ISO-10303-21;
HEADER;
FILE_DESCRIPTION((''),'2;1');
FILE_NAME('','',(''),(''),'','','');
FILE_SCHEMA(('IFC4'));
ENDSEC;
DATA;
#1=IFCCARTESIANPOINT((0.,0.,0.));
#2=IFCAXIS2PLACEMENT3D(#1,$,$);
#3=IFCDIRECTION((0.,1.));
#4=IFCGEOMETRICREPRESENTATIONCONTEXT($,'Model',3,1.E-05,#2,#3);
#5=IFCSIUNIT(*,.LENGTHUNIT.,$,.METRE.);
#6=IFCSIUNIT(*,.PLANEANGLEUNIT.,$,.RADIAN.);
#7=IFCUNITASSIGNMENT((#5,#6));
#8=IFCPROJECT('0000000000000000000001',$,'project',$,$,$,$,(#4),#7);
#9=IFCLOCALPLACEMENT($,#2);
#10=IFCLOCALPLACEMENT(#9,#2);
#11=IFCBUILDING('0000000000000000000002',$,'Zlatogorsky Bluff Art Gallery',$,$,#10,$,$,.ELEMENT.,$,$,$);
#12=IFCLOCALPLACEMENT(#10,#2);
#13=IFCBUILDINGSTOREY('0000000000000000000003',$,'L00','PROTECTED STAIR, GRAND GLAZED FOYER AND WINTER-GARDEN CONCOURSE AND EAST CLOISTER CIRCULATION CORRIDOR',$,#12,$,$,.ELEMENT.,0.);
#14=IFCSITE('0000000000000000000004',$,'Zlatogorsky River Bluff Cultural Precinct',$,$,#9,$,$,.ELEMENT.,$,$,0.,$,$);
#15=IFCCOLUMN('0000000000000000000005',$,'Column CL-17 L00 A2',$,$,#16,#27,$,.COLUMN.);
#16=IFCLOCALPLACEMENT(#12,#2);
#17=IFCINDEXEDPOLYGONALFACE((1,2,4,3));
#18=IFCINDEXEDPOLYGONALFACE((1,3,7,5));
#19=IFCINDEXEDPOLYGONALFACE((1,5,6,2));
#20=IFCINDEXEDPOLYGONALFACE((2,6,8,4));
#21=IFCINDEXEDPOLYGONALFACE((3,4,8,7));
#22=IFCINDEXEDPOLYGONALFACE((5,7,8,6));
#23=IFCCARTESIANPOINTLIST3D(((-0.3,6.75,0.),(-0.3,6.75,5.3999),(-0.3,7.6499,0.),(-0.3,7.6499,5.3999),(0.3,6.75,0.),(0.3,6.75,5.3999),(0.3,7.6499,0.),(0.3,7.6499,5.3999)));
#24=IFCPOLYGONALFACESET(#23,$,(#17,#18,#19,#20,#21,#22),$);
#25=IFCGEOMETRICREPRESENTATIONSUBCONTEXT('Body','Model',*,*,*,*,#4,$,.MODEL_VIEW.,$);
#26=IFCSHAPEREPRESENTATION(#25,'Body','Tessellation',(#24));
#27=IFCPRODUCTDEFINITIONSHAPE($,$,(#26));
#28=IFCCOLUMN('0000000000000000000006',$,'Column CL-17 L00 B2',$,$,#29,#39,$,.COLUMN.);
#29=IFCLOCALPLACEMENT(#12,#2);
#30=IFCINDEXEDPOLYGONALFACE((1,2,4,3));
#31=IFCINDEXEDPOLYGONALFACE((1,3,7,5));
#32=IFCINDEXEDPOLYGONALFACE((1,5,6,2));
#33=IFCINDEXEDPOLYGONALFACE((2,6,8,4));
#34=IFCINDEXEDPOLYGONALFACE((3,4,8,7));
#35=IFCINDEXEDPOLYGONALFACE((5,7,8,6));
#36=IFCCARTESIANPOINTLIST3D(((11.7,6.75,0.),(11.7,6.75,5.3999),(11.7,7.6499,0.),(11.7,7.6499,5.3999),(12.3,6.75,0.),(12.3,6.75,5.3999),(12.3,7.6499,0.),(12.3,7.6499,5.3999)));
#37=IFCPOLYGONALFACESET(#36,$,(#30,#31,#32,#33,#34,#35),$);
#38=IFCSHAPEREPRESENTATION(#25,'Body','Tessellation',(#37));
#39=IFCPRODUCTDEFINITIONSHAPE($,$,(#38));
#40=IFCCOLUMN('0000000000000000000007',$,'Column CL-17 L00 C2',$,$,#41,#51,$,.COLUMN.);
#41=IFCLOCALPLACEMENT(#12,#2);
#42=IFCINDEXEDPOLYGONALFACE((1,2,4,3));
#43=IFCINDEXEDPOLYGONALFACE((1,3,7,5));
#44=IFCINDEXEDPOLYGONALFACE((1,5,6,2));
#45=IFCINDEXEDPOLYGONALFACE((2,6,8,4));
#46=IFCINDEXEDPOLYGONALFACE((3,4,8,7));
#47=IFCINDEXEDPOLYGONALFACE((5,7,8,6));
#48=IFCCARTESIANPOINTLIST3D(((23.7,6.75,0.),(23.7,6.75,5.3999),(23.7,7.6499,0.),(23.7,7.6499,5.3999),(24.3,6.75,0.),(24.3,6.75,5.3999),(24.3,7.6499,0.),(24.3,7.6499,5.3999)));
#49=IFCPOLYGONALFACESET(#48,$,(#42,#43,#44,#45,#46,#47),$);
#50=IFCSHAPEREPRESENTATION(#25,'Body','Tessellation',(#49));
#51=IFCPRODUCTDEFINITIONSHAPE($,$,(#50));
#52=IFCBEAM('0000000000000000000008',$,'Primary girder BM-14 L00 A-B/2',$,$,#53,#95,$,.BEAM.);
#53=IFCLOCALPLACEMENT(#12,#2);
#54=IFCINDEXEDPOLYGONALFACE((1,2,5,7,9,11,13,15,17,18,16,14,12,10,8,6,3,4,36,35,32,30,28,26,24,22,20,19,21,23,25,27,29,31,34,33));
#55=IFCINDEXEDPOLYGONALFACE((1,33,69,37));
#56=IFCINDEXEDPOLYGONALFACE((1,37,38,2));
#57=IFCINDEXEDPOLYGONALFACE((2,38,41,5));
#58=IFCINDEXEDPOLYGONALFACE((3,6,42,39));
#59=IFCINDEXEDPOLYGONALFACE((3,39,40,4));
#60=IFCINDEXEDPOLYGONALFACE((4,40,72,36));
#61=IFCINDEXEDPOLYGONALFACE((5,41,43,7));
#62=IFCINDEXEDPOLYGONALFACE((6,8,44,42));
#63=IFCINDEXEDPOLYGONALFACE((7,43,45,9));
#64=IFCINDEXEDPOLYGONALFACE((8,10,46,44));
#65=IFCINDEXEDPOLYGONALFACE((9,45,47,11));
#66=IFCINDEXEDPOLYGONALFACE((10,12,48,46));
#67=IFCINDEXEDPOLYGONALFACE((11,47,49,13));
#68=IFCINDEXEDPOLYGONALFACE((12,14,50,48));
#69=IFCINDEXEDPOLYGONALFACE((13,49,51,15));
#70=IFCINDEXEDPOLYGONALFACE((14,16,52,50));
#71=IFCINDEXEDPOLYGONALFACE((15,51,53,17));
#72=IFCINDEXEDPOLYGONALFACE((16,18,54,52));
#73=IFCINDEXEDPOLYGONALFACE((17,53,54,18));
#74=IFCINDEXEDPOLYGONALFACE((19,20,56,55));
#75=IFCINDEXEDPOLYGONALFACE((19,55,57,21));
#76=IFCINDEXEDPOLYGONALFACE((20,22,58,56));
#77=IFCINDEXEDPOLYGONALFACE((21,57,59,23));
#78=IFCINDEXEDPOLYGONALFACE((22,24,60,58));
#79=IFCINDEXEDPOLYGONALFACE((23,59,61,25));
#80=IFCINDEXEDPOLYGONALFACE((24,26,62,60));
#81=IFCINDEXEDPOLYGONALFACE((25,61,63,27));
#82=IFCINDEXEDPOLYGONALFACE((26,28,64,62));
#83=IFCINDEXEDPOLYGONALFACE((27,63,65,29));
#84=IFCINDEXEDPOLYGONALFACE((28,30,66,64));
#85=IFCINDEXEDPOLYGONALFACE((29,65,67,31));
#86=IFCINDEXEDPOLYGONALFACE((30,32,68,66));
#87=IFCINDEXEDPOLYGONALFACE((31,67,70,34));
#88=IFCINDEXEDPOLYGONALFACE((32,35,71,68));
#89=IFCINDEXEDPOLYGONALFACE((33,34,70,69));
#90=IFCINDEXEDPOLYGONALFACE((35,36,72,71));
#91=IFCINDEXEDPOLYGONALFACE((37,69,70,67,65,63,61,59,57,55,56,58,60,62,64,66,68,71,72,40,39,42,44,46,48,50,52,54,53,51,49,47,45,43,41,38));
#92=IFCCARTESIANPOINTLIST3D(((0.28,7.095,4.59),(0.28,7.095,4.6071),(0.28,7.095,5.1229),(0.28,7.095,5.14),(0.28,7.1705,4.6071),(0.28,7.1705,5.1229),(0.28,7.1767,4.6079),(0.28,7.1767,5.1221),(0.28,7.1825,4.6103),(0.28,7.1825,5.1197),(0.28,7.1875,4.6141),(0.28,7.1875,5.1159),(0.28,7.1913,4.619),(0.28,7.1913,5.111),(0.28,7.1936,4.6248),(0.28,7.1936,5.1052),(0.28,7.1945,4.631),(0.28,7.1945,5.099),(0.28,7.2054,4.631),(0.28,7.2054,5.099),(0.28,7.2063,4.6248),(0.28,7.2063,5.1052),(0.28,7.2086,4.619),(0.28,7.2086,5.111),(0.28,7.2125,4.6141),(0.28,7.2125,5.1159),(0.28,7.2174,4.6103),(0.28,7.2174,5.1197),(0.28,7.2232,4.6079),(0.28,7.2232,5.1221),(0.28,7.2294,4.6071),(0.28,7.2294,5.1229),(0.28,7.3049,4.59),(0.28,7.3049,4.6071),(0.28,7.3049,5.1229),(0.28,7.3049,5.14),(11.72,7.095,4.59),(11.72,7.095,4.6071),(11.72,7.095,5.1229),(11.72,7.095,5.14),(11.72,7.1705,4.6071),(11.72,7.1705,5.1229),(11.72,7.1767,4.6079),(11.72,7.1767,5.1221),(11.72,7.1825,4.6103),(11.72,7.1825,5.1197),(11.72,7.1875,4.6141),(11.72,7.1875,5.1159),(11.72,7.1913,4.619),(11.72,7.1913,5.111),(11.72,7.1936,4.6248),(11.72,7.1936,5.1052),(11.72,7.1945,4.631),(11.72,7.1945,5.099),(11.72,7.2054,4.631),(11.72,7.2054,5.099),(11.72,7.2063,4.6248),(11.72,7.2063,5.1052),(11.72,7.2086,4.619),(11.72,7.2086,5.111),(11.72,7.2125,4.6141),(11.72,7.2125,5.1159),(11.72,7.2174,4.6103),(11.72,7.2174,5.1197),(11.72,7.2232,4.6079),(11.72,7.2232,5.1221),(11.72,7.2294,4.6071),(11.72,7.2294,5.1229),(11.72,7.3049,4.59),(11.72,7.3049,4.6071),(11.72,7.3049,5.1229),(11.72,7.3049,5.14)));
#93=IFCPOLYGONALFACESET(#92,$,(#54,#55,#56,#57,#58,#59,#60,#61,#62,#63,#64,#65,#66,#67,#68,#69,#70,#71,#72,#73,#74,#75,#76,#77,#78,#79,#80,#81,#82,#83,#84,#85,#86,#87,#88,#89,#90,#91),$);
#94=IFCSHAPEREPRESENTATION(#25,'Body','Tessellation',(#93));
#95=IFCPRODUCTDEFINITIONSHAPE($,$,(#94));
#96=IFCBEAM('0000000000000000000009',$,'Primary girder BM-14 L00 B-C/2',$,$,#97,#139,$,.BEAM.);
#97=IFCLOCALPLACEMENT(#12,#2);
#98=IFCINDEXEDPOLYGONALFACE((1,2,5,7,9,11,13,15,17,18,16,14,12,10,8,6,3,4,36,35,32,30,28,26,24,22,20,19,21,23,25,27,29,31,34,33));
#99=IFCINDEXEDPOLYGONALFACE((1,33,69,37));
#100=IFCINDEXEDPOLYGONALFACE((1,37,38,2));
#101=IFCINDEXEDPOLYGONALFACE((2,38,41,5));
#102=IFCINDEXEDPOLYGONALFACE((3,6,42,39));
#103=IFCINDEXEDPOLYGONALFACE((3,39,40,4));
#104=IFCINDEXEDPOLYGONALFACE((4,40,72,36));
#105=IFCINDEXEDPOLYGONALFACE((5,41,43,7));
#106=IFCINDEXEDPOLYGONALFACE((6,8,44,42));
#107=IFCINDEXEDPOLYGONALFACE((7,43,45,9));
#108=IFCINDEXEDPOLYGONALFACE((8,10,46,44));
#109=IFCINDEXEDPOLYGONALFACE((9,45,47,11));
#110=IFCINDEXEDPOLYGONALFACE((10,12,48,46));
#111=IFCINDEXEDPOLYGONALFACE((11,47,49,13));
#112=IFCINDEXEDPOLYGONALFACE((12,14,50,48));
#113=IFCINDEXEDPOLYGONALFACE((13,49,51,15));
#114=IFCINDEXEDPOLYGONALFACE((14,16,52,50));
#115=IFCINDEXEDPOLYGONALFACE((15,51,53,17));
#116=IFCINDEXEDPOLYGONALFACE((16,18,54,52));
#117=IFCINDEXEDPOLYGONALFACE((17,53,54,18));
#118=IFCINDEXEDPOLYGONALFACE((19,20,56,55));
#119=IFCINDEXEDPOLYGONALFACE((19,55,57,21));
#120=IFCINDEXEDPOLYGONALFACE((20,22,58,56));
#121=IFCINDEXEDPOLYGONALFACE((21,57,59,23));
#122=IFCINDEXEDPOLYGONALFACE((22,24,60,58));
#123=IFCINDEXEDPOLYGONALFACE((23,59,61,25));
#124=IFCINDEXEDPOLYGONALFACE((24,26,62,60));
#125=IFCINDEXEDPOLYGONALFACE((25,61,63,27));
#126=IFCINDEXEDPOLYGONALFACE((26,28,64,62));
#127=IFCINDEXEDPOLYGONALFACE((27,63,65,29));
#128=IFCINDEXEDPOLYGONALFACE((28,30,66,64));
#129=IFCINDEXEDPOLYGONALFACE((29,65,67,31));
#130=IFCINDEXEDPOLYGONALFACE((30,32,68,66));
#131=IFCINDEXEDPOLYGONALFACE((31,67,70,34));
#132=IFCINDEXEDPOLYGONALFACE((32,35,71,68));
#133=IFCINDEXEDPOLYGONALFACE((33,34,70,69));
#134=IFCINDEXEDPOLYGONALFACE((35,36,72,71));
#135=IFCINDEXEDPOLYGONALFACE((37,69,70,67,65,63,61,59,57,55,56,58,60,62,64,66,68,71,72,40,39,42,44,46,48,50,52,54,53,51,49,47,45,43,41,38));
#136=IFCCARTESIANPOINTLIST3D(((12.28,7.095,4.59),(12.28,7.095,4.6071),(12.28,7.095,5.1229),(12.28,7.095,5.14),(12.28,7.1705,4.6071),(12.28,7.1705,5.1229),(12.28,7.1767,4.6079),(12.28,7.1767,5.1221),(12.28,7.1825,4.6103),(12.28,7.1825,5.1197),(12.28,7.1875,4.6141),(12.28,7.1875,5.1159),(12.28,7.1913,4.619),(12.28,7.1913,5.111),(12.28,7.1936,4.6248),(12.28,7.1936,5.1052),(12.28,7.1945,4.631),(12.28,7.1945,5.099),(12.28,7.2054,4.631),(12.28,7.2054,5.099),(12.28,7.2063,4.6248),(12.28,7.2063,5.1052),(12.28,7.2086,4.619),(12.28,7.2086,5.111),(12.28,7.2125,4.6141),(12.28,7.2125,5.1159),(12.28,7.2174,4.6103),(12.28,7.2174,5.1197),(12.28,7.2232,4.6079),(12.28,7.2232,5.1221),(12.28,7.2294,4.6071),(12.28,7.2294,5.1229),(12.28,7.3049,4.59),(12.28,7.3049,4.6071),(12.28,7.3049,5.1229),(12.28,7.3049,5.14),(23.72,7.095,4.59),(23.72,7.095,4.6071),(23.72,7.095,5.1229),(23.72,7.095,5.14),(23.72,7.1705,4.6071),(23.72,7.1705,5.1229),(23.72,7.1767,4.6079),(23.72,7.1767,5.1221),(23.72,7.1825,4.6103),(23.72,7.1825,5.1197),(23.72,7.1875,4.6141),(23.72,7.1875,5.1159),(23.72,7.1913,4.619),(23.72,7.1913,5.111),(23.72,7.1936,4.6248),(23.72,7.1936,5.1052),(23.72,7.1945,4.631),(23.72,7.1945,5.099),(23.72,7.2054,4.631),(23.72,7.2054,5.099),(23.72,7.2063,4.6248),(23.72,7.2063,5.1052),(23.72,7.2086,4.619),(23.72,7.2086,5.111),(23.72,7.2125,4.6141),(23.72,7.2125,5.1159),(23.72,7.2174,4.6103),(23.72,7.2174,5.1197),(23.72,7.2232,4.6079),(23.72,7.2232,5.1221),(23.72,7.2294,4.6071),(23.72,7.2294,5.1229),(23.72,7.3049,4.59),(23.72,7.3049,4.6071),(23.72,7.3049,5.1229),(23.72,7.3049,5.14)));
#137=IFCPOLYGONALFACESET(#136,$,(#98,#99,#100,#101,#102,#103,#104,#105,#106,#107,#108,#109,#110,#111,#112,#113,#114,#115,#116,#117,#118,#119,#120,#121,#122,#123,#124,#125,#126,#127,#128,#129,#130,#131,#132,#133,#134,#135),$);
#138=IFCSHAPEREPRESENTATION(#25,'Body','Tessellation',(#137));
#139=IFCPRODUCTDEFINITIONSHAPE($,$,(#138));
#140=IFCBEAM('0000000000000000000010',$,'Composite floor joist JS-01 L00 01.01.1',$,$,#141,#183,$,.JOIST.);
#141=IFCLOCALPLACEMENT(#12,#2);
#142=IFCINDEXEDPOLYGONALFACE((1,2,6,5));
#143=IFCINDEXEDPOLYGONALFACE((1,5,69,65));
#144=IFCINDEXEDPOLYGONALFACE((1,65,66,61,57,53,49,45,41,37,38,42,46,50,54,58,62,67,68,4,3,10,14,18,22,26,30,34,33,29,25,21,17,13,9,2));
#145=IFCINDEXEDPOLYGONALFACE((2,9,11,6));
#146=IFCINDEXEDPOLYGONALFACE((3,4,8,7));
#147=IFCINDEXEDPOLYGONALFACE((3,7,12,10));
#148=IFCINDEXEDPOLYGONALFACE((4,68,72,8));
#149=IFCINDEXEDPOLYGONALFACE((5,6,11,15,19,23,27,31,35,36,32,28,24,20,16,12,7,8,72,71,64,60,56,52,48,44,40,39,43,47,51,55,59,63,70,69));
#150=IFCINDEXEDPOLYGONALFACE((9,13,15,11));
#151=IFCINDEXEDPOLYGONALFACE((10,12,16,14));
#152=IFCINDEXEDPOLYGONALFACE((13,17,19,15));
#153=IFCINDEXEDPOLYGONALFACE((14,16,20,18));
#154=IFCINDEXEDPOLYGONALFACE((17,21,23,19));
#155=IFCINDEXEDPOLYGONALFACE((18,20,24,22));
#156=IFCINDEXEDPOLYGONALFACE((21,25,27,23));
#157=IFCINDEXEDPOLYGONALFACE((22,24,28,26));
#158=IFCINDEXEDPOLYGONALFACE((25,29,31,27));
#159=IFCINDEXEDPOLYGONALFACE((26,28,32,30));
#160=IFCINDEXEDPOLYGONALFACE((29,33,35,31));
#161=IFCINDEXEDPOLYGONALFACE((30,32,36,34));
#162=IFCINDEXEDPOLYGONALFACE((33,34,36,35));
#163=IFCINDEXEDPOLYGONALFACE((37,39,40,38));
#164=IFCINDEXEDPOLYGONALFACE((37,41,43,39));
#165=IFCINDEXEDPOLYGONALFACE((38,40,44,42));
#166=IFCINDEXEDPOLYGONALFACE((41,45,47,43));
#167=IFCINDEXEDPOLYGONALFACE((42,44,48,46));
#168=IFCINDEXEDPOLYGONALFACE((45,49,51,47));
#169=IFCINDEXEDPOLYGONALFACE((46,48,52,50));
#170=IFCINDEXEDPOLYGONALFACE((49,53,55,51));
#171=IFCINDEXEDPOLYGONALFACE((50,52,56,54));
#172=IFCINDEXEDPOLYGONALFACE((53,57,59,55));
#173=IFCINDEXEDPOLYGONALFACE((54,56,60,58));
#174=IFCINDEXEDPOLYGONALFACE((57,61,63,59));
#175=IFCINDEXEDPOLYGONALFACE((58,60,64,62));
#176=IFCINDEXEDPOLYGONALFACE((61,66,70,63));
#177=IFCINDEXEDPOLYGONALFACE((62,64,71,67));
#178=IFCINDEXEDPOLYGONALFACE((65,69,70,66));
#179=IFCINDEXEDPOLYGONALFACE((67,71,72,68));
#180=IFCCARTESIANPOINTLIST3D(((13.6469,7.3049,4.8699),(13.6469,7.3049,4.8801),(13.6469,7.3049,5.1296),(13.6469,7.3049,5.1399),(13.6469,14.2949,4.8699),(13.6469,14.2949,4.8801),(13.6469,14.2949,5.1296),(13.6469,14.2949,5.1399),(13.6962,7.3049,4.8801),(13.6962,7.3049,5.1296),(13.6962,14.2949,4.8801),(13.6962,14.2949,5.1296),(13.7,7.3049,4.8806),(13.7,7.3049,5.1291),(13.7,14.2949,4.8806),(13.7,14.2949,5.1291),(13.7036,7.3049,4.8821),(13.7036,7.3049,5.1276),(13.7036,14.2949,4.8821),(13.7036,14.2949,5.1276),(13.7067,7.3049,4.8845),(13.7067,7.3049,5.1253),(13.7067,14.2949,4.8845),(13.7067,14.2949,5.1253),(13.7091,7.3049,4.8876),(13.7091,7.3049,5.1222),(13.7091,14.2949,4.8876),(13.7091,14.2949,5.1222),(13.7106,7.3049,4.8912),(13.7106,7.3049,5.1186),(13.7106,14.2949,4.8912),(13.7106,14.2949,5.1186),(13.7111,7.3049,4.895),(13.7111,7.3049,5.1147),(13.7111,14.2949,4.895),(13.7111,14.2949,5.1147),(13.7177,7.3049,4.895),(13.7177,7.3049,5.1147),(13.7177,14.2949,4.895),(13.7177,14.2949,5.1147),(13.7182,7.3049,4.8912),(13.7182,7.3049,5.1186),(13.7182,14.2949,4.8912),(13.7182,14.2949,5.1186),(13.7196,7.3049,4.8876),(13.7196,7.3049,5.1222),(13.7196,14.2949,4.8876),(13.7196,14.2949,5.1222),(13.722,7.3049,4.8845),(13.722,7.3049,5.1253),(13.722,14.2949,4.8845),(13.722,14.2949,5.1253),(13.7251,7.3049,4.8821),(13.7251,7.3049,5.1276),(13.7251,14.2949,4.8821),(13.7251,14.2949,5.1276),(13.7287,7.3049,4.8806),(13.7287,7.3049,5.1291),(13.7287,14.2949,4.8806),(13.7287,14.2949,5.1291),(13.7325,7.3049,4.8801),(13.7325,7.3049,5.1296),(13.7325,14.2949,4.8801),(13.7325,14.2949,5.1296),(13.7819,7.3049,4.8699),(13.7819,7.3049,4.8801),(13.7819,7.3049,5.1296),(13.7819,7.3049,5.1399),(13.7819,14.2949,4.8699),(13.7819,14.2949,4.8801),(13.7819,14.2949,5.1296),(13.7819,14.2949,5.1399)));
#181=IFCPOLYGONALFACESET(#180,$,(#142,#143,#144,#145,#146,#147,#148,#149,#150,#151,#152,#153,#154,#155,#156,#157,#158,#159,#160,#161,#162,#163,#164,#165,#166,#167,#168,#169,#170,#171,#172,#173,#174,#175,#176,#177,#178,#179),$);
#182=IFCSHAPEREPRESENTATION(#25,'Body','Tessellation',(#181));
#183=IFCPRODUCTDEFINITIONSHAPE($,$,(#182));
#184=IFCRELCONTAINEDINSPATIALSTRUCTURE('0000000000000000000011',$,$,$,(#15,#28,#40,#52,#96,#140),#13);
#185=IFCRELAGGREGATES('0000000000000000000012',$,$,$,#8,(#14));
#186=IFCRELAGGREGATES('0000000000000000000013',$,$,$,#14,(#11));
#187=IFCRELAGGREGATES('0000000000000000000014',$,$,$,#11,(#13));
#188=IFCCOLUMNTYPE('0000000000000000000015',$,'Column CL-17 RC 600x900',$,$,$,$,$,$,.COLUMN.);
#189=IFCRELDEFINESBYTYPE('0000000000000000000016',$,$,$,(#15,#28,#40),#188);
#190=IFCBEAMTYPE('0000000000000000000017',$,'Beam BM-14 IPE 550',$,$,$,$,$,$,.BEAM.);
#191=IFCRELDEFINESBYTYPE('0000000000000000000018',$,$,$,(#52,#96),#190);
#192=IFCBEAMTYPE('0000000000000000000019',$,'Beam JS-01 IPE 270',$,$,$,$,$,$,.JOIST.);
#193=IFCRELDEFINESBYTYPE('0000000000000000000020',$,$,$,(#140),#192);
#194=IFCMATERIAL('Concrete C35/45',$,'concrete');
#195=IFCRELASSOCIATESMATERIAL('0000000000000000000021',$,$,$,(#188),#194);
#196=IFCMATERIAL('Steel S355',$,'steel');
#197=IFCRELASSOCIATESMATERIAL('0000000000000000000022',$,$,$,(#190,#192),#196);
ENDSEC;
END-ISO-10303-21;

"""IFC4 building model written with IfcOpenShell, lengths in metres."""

from ifc_helpers import new_model, si_unit, direction, frame, origin, origin_2d, place, context, subcontext, project, spatial, rectangle, i_section, extrude, material, material_profile, profile_set, type_object, element, save


model = new_model("IFC4")

# Units and contexts
model_context = context("Model", 3, precision=1e-05, world=origin(), true_north=direction((0.0, 1.0)))
body_context = subcontext(model_context, "Body", "Model", "MODEL_VIEW")
ifc_project = project(units=[si_unit("LENGTHUNIT", "METRE"), si_unit("PLANEANGLEUNIT", "RADIAN")], contexts=[model_context])

# Site, building, storey
site_placement = place(None, origin())
site = spatial("IfcSite", under=ifc_project, at=site_placement, Name="Zlatogorsky River Bluff Cultural Precinct", CompositionType="ELEMENT", RefElevation=0.0)
building_placement = place(site_placement, origin())
building = spatial("IfcBuilding", under=site, at=building_placement, Name="Zlatogorsky Bluff Art Gallery", CompositionType="ELEMENT")
storey_placement = place(building_placement, origin())
storey = spatial("IfcBuildingStorey", under=building, at=storey_placement, Name="L00", Description="PROTECTED STAIR, GRAND GLAZED FOYER AND WINTER-GARDEN CONCOURSE AND EAST CLOISTER CIRCULATION CORRIDOR", CompositionType="ELEMENT", Elevation=0.0)

# Columns
ifc_material_1 = material(Name="Concrete C35/45", Category="concrete")
ifc_material_profile_1 = material_profile(ifc_material_1, rectangle(XDim=0.6001, YDim=0.8999, at=origin_2d()), Name="RC 600x900")
ifc_profile_set_1 = profile_set([ifc_material_profile_1], Name="Concrete C35/45")
column_type = type_object("IfcColumnType", Name="Column CL-17 RC 600x900", PredefinedType="COLUMN", material=ifc_profile_set_1)
for number, where, z_axis, x_axis, name in (
    (1, (0.0, 7.2, 0.0), (0.0, 0.0, 1.0), (1.0, 0.0, 0.0), "Column CL-17 L00 A2"),
    (2, (12.0, 7.2, 0.0), (0.0, 0.0, 1.0), (1.0, 0.0, 0.0), "Column CL-17 L00 B2"),
    (3, (24.0, 7.2, 0.0), (0.0, 0.0, 1.0), (1.0, 0.0, 0.0), "Column CL-17 L00 C2"),
):
    element("IfcColumn", number, at=place(storey_placement, frame(where, z_axis=z_axis, x_axis=x_axis)), inside=storey, type_object=column_type, Name=name, PredefinedType="COLUMN", context=body_context, shape_type="SweptSolid", body=[
        extrude(rectangle(XDim=0.6001, YDim=0.8999, at=origin_2d()), origin(), (0.0, 0.0, 1.0), 5.3999),
    ])

# Beams
ifc_material_2 = material(Name="Steel S355", Category="steel")
ifc_material_profile_2 = material_profile(ifc_material_2, i_section(OverallWidth=0.21, OverallDepth=0.55, WebThickness=0.011, FlangeThickness=0.0171, FilletRadius=0.0239, at=origin_2d()), Name="IPE 550")
ifc_profile_set_2 = profile_set([ifc_material_profile_2], Name="Steel S355")
beam_type_1 = type_object("IfcBeamType", Name="Beam BM-14 IPE 550", PredefinedType="BEAM", material=ifc_profile_set_2)
for number, where, z_axis, x_axis, name in (
    (4, (0.28, 7.2, 4.865), (1.0, 0.0, 0.0), (0.0, 1.0, 0.0), "Primary girder BM-14 L00 A-B/2"),
    (5, (12.28, 7.2, 4.865), (1.0, 0.0, 0.0), (0.0, 1.0, 0.0), "Primary girder BM-14 L00 B-C/2"),
):
    element("IfcBeam", number, at=place(storey_placement, frame(where, z_axis=z_axis, x_axis=x_axis)), inside=storey, type_object=beam_type_1, Name=name, PredefinedType="BEAM", context=body_context, shape_type="SweptSolid", body=[
        extrude(i_section(OverallWidth=0.21, OverallDepth=0.55, WebThickness=0.011, FlangeThickness=0.0171, FilletRadius=0.0239, at=origin_2d()), origin(), (0.0, 0.0, 1.0), 11.4399),
    ])
ifc_material_profile_3 = material_profile(ifc_material_2, i_section(OverallWidth=0.135, OverallDepth=0.27, WebThickness=0.0066, FlangeThickness=0.0103, FilletRadius=0.0149, at=origin_2d()), Name="IPE 270")
ifc_profile_set_3 = profile_set([ifc_material_profile_3], Name="Steel S355")
beam_type_2 = type_object("IfcBeamType", Name="Beam JS-01 IPE 270", PredefinedType="JOIST", material=ifc_profile_set_3)
beam_placement = place(storey_placement, frame((13.7144, 7.3049, 5.0049), z_axis=(0.0, 1.0, 0.0), x_axis=(-1.0, 0.0, 0.0)))
element("IfcBeam", 6, at=beam_placement, inside=storey, type_object=beam_type_2, Name="Composite floor joist JS-01 L00 01.01.1", PredefinedType="JOIST", context=body_context, shape_type="SweptSolid", body=[
    extrude(i_section(OverallWidth=0.135, OverallDepth=0.27, WebThickness=0.0066, FlangeThickness=0.0103, FilletRadius=0.0149, at=origin_2d()), origin(), (0.0, 0.0, 1.0), 6.99),
])

save(model, "model.ifc")
